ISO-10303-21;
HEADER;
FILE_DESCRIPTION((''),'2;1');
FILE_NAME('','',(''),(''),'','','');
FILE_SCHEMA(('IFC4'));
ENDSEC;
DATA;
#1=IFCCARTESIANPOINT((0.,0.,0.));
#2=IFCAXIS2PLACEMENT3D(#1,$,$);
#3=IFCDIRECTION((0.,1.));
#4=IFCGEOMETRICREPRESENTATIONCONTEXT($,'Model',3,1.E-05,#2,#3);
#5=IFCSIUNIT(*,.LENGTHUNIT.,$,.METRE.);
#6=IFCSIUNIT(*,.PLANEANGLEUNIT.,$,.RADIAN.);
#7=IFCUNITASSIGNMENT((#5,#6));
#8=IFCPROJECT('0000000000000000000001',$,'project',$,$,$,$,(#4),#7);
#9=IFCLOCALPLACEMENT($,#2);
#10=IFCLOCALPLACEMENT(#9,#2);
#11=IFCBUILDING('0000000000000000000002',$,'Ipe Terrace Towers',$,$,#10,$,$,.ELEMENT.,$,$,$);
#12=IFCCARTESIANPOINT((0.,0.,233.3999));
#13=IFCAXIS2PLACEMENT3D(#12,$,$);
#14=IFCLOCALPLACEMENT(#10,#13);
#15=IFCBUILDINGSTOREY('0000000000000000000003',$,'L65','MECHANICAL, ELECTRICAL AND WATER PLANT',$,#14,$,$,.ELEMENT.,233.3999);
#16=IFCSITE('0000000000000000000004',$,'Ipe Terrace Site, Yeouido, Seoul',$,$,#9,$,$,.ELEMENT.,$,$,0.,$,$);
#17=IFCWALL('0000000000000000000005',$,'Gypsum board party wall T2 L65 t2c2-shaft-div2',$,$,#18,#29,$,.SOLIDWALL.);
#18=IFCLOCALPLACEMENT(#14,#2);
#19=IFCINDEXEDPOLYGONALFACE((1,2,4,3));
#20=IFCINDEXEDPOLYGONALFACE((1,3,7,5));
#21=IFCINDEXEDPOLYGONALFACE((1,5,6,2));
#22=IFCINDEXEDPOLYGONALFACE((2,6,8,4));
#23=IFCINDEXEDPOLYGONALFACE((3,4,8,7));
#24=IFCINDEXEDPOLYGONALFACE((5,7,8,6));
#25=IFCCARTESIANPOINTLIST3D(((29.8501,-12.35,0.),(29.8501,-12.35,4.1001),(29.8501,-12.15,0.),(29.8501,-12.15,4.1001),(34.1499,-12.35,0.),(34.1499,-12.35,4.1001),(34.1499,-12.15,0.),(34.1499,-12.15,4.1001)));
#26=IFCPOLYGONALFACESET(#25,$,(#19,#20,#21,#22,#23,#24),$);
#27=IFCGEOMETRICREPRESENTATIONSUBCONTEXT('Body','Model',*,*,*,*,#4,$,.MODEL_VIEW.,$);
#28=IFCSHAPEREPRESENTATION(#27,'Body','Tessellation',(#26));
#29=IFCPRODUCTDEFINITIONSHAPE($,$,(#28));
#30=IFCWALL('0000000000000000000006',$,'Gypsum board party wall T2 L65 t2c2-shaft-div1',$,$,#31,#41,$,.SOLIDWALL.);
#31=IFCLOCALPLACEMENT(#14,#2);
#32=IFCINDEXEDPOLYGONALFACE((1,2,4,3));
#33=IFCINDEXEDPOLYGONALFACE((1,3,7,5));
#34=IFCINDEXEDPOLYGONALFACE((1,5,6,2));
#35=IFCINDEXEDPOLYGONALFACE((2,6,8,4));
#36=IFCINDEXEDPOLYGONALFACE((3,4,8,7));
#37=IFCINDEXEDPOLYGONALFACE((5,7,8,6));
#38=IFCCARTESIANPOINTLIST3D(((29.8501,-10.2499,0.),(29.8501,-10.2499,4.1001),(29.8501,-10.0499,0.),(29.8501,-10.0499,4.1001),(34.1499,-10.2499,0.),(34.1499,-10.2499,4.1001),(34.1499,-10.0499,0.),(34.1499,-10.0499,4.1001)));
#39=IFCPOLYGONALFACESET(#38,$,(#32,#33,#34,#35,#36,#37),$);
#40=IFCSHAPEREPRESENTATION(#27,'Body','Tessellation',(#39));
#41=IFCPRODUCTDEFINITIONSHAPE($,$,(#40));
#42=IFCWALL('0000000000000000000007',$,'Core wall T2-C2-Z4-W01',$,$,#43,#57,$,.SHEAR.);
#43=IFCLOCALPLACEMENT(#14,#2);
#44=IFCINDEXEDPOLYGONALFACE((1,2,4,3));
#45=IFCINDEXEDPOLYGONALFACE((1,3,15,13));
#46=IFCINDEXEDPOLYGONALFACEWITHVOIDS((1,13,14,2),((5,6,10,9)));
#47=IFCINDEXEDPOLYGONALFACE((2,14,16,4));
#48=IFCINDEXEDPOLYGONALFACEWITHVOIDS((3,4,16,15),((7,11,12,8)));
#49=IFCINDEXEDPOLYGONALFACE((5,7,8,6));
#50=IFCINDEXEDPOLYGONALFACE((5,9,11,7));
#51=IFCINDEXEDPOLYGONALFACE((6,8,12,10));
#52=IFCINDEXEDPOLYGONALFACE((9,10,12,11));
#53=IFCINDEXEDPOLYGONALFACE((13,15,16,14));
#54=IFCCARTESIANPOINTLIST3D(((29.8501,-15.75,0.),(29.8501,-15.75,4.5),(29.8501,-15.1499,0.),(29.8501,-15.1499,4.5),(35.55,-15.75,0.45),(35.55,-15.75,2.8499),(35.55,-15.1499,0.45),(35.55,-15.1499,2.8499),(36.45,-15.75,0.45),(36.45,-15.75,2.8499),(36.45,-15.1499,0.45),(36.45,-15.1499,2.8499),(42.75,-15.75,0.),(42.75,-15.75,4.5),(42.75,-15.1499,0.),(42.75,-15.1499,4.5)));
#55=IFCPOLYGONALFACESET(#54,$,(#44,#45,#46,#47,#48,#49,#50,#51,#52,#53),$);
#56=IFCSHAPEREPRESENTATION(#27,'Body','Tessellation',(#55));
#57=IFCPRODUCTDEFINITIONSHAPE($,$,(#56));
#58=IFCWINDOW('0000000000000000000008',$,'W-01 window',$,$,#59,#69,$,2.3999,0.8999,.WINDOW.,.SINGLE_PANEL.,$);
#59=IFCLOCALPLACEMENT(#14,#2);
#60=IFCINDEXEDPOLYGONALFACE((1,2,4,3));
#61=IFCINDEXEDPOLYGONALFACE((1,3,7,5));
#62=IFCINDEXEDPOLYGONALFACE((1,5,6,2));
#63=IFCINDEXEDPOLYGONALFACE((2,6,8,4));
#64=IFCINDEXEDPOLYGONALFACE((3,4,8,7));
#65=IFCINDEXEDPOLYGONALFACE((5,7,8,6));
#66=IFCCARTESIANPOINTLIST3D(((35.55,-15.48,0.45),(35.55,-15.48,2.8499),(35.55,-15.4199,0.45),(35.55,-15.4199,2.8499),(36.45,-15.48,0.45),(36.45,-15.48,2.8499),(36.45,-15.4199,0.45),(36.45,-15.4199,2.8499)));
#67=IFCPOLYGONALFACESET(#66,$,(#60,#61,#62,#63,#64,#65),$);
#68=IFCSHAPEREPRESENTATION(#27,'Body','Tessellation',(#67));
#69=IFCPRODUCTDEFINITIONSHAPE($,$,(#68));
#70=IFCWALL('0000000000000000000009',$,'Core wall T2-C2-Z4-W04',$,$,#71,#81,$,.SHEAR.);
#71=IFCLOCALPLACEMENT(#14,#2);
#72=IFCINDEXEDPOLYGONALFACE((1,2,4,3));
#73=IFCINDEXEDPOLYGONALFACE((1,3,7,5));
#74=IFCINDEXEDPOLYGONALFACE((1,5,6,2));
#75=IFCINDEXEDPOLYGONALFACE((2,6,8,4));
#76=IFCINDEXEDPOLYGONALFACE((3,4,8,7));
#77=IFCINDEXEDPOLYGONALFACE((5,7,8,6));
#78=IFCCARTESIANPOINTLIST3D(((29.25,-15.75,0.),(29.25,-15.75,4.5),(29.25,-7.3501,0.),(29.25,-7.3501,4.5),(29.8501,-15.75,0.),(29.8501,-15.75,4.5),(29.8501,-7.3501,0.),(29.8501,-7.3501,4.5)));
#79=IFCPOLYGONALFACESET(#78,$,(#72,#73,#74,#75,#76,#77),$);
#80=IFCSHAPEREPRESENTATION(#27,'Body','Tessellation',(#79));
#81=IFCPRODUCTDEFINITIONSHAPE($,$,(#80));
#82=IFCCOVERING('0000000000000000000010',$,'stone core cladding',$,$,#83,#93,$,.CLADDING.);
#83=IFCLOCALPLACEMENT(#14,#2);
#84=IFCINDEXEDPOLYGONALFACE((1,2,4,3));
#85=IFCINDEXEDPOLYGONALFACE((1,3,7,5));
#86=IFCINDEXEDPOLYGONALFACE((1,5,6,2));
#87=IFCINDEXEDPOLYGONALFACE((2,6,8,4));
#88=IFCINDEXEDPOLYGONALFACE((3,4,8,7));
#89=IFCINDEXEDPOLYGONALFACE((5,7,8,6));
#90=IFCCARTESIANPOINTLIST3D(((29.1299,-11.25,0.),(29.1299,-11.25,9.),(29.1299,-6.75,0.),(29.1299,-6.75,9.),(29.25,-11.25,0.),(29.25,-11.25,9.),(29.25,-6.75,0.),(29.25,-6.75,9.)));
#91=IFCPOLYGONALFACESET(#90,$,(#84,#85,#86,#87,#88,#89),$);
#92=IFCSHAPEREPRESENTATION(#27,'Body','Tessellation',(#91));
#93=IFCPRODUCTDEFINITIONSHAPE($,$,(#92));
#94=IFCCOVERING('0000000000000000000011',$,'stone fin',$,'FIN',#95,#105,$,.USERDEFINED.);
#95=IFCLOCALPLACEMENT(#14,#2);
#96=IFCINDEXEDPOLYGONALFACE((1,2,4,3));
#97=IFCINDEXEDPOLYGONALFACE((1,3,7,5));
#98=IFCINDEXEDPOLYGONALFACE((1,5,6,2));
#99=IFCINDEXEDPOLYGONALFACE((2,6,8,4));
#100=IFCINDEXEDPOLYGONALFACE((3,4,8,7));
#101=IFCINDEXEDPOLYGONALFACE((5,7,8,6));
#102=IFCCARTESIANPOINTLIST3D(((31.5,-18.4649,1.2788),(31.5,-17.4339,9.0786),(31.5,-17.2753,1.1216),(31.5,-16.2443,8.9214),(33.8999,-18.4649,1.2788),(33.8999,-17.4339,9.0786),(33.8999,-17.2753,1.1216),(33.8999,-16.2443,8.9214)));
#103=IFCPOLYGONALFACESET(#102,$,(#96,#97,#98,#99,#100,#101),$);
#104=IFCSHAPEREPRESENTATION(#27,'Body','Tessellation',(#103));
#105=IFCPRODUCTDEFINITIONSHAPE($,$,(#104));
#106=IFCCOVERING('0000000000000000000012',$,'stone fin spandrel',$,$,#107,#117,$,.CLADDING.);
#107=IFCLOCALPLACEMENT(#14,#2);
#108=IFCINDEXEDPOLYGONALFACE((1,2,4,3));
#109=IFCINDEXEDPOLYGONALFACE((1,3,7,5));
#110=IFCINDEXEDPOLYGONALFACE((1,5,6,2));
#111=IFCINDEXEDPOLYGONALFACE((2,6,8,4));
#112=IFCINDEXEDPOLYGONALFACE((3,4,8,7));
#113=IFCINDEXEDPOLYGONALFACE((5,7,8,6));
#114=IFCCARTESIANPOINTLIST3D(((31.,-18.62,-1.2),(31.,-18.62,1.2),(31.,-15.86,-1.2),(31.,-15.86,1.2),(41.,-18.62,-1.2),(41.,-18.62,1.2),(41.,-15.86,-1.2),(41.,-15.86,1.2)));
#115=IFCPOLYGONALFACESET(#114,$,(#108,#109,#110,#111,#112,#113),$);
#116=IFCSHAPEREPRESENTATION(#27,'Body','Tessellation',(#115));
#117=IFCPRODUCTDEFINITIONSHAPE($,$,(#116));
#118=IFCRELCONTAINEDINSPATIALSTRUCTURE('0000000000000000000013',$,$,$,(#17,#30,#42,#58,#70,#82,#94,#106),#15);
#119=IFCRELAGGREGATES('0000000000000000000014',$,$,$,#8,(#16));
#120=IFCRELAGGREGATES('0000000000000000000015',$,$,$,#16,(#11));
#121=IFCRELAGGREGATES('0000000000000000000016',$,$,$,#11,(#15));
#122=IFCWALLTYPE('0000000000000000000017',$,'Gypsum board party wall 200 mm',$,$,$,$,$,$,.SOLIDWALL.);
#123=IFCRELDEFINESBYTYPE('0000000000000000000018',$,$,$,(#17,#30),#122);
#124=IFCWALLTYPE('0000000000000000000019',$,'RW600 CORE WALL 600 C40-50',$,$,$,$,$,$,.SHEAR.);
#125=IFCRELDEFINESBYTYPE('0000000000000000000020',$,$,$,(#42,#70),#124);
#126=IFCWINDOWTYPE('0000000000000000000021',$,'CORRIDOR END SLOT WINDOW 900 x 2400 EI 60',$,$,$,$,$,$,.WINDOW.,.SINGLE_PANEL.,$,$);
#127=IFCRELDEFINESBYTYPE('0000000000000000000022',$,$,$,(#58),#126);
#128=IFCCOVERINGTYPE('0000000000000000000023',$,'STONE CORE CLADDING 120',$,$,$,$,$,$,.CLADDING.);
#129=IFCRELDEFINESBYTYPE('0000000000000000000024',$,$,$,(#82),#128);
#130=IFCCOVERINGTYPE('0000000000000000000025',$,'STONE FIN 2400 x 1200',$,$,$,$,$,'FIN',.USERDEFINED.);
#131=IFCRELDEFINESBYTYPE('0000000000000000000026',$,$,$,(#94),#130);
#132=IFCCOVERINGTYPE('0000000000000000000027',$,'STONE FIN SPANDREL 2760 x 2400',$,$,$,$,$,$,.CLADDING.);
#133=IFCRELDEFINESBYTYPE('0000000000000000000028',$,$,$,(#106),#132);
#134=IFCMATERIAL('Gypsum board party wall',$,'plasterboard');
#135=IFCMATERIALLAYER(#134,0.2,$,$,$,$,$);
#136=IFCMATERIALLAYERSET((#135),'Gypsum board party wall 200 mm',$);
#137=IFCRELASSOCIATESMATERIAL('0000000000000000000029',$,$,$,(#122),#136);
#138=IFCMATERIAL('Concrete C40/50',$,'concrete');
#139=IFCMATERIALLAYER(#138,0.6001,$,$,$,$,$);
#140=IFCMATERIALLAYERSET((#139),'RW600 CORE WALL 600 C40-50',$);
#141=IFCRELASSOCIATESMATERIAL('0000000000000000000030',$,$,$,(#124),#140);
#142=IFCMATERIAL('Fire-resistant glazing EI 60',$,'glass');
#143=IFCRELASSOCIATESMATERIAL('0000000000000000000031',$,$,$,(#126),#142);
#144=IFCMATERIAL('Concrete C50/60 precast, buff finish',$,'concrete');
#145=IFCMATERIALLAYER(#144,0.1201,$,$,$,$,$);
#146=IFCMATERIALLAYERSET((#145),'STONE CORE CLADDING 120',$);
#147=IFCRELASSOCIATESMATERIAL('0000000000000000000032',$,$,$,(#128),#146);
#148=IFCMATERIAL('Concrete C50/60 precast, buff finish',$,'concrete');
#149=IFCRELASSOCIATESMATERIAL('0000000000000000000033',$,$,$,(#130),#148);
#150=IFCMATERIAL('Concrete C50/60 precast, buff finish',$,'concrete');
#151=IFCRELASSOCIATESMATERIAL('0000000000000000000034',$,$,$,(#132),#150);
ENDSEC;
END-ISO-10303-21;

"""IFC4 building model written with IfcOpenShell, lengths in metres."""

from ifc_helpers import new_model, si_unit, direction, frame, frame_2d, origin, origin_2d, place, context, subcontext, project, spatial, rectangle, extrude, material, layer, layer_set, material_profile, profile_set, type_object, element, fill, save


model = new_model("IFC4")

# Units and contexts
model_context = context("Model", 3, precision=1e-05, world=origin(), true_north=direction((0.0, 1.0)))
body_context = subcontext(model_context, "Body", "Model", "MODEL_VIEW")
ifc_project = project(units=[si_unit("LENGTHUNIT", "METRE"), si_unit("PLANEANGLEUNIT", "RADIAN")], contexts=[model_context])

# Site, building, storey
site_placement = place(None, origin())
site = spatial("IfcSite", under=ifc_project, at=site_placement, Name="Ipe Terrace Site, Yeouido, Seoul", CompositionType="ELEMENT", RefElevation=0.0)
building_placement = place(site_placement, origin())
building = spatial("IfcBuilding", under=site, at=building_placement, Name="Ipe Terrace Towers", CompositionType="ELEMENT")
storey_placement = place(building_placement, frame((0.0, 0.0, 233.3999)))
storey = spatial("IfcBuildingStorey", under=building, at=storey_placement, Name="L65", Description="MECHANICAL, ELECTRICAL AND WATER PLANT", CompositionType="ELEMENT", Elevation=233.3999)

# Walls
ifc_material_1 = material(Name="Gypsum board party wall", Category="plasterboard")
ifc_layer_1 = layer(ifc_material_1, 0.2)
ifc_layer_set_1 = layer_set([ifc_layer_1], Name="Gypsum board party wall 200 mm")
wall_type_1 = type_object("IfcWallType", Name="Gypsum board party wall 200 mm", PredefinedType="SOLIDWALL", material=ifc_layer_set_1)
for number, where, z_axis, x_axis, name in (
    (1, (29.8501, -12.25, 0.0), (0.0, 0.0, 1.0), (1.0, 0.0, 0.0), "Gypsum board party wall T2 L65 t2c2-shaft-div2"),
    (2, (29.8501, -10.1499, 0.0), (0.0, 0.0, 1.0), (1.0, 0.0, 0.0), "Gypsum board party wall T2 L65 t2c2-shaft-div1"),
):
    element("IfcWall", number, at=place(storey_placement, frame(where, z_axis=z_axis, x_axis=x_axis)), inside=storey, type_object=wall_type_1, Name=name, PredefinedType="SOLIDWALL", context=body_context, shape_type="SweptSolid", body=[
        extrude(rectangle(XDim=4.2998, YDim=0.2, at=frame_2d((2.1499, 0.0))), origin(), (0.0, 0.0, 1.0), 4.1001),
    ])

# Wall, opening, window
ifc_material_2 = material(Name="Concrete C40/50", Category="concrete")
ifc_layer_2 = layer(ifc_material_2, 0.6001)
ifc_layer_set_2 = layer_set([ifc_layer_2], Name="RW600 CORE WALL 600 C40-50")
wall_type_2 = type_object("IfcWallType", Name="RW600 CORE WALL 600 C40-50", PredefinedType="SHEAR", material=ifc_layer_set_2)
wall_1_placement = place(storey_placement, frame((29.8501, -15.45, 0.0), z_axis=(0.0, 0.0, 1.0), x_axis=(1.0, 0.0, 0.0)))
wall_1 = element("IfcWall", 3, at=wall_1_placement, inside=storey, type_object=wall_type_2, Name="Core wall T2-C2-Z4-W01", PredefinedType="SHEAR", context=body_context, shape_type="SweptSolid", body=[
    extrude(rectangle(XDim=12.8999, YDim=0.6001, at=frame_2d((6.45, 0.0))), origin(), (0.0, 0.0, 1.0), 4.5),
])
opening_1_placement = place(wall_1_placement, frame((5.7, 0.0, 0.45)))
opening_1 = element("IfcOpeningElement", 4, at=opening_1_placement, cuts=wall_1, PredefinedType="OPENING", context=body_context, shape_type="SweptSolid", body=[
    extrude(rectangle(XDim=0.8999, YDim=2.3999, at=frame_2d((0.45, 1.2))), frame((0.0, 0.3101, 0.0), z_axis=(0.0, -1.0, 0.0), x_axis=(1.0, 0.0, 0.0)), (0.0, 0.0, 1.0), 0.6201),
])
ifc_material_3 = material(Name="Fire-resistant glazing EI 60", Category="glass")
window_type = type_object("IfcWindowType", Name="CORRIDOR END SLOT WINDOW 900 x 2400 EI 60", PartitioningType="SINGLE_PANEL", PredefinedType="WINDOW", material=ifc_material_3)
window_placement = place(opening_1_placement, origin())
window = element("IfcWindow", 5, at=window_placement, inside=storey, type_object=window_type, Name="W-01 window", OverallHeight=2.3999, OverallWidth=0.8999, PartitioningType="SINGLE_PANEL", PredefinedType="WINDOW", context=body_context, shape_type="SweptSolid", body=[
    extrude(rectangle(XDim=0.8999, YDim=2.3999, at=frame_2d((0.45, 1.2))), frame((0.0, 0.03, 0.0), z_axis=(0.0, -1.0, 0.0), x_axis=(1.0, 0.0, 0.0)), (0.0, 0.0, 1.0), 0.0601),
])
fill(opening_1, window)

# Wall
wall_2_placement = place(storey_placement, frame((29.55, -7.3501, 0.0), z_axis=(0.0, 0.0, 1.0), x_axis=(0.0, -1.0, 0.0)))
element("IfcWall", 6, at=wall_2_placement, inside=storey, type_object=wall_type_2, Name="Core wall T2-C2-Z4-W04", PredefinedType="SHEAR", context=body_context, shape_type="SweptSolid", body=[
    extrude(rectangle(XDim=8.3999, YDim=0.6001, at=frame_2d((4.2, 0.0))), origin(), (0.0, 0.0, 1.0), 4.5),
])

# Coverings
ifc_material_4 = material(Name="Concrete C50/60 precast, buff finish", Category="concrete")
ifc_layer_3 = layer(ifc_material_4, 0.1201)
ifc_layer_set_3 = layer_set([ifc_layer_3], Name="STONE CORE CLADDING 120")
covering_type_1 = type_object("IfcCoveringType", Name="STONE CORE CLADDING 120", PredefinedType="CLADDING", material=ifc_layer_set_3)
covering_1_placement = place(storey_placement, frame((29.1899, -9.0, 0.0), z_axis=(0.0, 0.0, 1.0), x_axis=(0.0, -1.0, 0.0)))
element("IfcCovering", 7, at=covering_1_placement, inside=storey, type_object=covering_type_1, Name="stone core cladding", PredefinedType="CLADDING", context=body_context, shape_type="SweptSolid", body=[
    extrude(rectangle(XDim=4.5, YDim=0.1201, at=origin_2d()), origin(), (0.0, 0.0, 1.0), 9.0),
])
ifc_material_5 = material(Name="Concrete C50/60 precast, buff finish", Category="concrete")
ifc_material_profile_1 = material_profile(ifc_material_5, rectangle(XDim=2.3999, YDim=1.2, at=origin_2d()), Name="STONE FIN 2400 x 1200")
ifc_profile_set_1 = profile_set([ifc_material_profile_1], Name="Concrete C50/60 precast, buff finish")
covering_type_2 = type_object("IfcCoveringType", Name="STONE FIN 2400 x 1200", ElementType="FIN", PredefinedType="USERDEFINED", material=ifc_profile_set_1)
covering_2_placement = place(storey_placement, frame((32.7, -17.8701, 1.2002), z_axis=(0.0, 0.131044, 0.991377), x_axis=(1.0, 0.0, 0.0)))
element("IfcCovering", 8, at=covering_2_placement, inside=storey, type_object=covering_type_2, Name="stone fin", ObjectType="FIN", PredefinedType="USERDEFINED", context=body_context, shape_type="SweptSolid", body=[
    extrude(rectangle(XDim=2.3999, YDim=1.2, at=origin_2d()), origin(), (0.0, 0.0, 1.0), 7.8677),
])
ifc_material_6 = material(Name="Concrete C50/60 precast, buff finish", Category="concrete")
ifc_material_profile_2 = material_profile(ifc_material_6, rectangle(XDim=2.76, YDim=2.3999, at=origin_2d()), Name="STONE FIN SPANDREL 2760 x 2400")
ifc_profile_set_2 = profile_set([ifc_material_profile_2], Name="Concrete C50/60 precast, buff finish")
covering_type_3 = type_object("IfcCoveringType", Name="STONE FIN SPANDREL 2760 x 2400", PredefinedType="CLADDING", material=ifc_profile_set_2)
covering_3_placement = place(storey_placement, frame((31.0, -17.24, 0.0), z_axis=(1.0, 0.0, 0.0), x_axis=(0.0, -1.0, 0.0)))
element("IfcCovering", 9, at=covering_3_placement, inside=storey, type_object=covering_type_3, Name="stone fin spandrel", PredefinedType="CLADDING", context=body_context, shape_type="SweptSolid", body=[
    extrude(rectangle(XDim=2.76, YDim=2.3999, at=origin_2d()), origin(), (0.0, 0.0, 1.0), 10.0),
])

save(model, "model.ifc")
